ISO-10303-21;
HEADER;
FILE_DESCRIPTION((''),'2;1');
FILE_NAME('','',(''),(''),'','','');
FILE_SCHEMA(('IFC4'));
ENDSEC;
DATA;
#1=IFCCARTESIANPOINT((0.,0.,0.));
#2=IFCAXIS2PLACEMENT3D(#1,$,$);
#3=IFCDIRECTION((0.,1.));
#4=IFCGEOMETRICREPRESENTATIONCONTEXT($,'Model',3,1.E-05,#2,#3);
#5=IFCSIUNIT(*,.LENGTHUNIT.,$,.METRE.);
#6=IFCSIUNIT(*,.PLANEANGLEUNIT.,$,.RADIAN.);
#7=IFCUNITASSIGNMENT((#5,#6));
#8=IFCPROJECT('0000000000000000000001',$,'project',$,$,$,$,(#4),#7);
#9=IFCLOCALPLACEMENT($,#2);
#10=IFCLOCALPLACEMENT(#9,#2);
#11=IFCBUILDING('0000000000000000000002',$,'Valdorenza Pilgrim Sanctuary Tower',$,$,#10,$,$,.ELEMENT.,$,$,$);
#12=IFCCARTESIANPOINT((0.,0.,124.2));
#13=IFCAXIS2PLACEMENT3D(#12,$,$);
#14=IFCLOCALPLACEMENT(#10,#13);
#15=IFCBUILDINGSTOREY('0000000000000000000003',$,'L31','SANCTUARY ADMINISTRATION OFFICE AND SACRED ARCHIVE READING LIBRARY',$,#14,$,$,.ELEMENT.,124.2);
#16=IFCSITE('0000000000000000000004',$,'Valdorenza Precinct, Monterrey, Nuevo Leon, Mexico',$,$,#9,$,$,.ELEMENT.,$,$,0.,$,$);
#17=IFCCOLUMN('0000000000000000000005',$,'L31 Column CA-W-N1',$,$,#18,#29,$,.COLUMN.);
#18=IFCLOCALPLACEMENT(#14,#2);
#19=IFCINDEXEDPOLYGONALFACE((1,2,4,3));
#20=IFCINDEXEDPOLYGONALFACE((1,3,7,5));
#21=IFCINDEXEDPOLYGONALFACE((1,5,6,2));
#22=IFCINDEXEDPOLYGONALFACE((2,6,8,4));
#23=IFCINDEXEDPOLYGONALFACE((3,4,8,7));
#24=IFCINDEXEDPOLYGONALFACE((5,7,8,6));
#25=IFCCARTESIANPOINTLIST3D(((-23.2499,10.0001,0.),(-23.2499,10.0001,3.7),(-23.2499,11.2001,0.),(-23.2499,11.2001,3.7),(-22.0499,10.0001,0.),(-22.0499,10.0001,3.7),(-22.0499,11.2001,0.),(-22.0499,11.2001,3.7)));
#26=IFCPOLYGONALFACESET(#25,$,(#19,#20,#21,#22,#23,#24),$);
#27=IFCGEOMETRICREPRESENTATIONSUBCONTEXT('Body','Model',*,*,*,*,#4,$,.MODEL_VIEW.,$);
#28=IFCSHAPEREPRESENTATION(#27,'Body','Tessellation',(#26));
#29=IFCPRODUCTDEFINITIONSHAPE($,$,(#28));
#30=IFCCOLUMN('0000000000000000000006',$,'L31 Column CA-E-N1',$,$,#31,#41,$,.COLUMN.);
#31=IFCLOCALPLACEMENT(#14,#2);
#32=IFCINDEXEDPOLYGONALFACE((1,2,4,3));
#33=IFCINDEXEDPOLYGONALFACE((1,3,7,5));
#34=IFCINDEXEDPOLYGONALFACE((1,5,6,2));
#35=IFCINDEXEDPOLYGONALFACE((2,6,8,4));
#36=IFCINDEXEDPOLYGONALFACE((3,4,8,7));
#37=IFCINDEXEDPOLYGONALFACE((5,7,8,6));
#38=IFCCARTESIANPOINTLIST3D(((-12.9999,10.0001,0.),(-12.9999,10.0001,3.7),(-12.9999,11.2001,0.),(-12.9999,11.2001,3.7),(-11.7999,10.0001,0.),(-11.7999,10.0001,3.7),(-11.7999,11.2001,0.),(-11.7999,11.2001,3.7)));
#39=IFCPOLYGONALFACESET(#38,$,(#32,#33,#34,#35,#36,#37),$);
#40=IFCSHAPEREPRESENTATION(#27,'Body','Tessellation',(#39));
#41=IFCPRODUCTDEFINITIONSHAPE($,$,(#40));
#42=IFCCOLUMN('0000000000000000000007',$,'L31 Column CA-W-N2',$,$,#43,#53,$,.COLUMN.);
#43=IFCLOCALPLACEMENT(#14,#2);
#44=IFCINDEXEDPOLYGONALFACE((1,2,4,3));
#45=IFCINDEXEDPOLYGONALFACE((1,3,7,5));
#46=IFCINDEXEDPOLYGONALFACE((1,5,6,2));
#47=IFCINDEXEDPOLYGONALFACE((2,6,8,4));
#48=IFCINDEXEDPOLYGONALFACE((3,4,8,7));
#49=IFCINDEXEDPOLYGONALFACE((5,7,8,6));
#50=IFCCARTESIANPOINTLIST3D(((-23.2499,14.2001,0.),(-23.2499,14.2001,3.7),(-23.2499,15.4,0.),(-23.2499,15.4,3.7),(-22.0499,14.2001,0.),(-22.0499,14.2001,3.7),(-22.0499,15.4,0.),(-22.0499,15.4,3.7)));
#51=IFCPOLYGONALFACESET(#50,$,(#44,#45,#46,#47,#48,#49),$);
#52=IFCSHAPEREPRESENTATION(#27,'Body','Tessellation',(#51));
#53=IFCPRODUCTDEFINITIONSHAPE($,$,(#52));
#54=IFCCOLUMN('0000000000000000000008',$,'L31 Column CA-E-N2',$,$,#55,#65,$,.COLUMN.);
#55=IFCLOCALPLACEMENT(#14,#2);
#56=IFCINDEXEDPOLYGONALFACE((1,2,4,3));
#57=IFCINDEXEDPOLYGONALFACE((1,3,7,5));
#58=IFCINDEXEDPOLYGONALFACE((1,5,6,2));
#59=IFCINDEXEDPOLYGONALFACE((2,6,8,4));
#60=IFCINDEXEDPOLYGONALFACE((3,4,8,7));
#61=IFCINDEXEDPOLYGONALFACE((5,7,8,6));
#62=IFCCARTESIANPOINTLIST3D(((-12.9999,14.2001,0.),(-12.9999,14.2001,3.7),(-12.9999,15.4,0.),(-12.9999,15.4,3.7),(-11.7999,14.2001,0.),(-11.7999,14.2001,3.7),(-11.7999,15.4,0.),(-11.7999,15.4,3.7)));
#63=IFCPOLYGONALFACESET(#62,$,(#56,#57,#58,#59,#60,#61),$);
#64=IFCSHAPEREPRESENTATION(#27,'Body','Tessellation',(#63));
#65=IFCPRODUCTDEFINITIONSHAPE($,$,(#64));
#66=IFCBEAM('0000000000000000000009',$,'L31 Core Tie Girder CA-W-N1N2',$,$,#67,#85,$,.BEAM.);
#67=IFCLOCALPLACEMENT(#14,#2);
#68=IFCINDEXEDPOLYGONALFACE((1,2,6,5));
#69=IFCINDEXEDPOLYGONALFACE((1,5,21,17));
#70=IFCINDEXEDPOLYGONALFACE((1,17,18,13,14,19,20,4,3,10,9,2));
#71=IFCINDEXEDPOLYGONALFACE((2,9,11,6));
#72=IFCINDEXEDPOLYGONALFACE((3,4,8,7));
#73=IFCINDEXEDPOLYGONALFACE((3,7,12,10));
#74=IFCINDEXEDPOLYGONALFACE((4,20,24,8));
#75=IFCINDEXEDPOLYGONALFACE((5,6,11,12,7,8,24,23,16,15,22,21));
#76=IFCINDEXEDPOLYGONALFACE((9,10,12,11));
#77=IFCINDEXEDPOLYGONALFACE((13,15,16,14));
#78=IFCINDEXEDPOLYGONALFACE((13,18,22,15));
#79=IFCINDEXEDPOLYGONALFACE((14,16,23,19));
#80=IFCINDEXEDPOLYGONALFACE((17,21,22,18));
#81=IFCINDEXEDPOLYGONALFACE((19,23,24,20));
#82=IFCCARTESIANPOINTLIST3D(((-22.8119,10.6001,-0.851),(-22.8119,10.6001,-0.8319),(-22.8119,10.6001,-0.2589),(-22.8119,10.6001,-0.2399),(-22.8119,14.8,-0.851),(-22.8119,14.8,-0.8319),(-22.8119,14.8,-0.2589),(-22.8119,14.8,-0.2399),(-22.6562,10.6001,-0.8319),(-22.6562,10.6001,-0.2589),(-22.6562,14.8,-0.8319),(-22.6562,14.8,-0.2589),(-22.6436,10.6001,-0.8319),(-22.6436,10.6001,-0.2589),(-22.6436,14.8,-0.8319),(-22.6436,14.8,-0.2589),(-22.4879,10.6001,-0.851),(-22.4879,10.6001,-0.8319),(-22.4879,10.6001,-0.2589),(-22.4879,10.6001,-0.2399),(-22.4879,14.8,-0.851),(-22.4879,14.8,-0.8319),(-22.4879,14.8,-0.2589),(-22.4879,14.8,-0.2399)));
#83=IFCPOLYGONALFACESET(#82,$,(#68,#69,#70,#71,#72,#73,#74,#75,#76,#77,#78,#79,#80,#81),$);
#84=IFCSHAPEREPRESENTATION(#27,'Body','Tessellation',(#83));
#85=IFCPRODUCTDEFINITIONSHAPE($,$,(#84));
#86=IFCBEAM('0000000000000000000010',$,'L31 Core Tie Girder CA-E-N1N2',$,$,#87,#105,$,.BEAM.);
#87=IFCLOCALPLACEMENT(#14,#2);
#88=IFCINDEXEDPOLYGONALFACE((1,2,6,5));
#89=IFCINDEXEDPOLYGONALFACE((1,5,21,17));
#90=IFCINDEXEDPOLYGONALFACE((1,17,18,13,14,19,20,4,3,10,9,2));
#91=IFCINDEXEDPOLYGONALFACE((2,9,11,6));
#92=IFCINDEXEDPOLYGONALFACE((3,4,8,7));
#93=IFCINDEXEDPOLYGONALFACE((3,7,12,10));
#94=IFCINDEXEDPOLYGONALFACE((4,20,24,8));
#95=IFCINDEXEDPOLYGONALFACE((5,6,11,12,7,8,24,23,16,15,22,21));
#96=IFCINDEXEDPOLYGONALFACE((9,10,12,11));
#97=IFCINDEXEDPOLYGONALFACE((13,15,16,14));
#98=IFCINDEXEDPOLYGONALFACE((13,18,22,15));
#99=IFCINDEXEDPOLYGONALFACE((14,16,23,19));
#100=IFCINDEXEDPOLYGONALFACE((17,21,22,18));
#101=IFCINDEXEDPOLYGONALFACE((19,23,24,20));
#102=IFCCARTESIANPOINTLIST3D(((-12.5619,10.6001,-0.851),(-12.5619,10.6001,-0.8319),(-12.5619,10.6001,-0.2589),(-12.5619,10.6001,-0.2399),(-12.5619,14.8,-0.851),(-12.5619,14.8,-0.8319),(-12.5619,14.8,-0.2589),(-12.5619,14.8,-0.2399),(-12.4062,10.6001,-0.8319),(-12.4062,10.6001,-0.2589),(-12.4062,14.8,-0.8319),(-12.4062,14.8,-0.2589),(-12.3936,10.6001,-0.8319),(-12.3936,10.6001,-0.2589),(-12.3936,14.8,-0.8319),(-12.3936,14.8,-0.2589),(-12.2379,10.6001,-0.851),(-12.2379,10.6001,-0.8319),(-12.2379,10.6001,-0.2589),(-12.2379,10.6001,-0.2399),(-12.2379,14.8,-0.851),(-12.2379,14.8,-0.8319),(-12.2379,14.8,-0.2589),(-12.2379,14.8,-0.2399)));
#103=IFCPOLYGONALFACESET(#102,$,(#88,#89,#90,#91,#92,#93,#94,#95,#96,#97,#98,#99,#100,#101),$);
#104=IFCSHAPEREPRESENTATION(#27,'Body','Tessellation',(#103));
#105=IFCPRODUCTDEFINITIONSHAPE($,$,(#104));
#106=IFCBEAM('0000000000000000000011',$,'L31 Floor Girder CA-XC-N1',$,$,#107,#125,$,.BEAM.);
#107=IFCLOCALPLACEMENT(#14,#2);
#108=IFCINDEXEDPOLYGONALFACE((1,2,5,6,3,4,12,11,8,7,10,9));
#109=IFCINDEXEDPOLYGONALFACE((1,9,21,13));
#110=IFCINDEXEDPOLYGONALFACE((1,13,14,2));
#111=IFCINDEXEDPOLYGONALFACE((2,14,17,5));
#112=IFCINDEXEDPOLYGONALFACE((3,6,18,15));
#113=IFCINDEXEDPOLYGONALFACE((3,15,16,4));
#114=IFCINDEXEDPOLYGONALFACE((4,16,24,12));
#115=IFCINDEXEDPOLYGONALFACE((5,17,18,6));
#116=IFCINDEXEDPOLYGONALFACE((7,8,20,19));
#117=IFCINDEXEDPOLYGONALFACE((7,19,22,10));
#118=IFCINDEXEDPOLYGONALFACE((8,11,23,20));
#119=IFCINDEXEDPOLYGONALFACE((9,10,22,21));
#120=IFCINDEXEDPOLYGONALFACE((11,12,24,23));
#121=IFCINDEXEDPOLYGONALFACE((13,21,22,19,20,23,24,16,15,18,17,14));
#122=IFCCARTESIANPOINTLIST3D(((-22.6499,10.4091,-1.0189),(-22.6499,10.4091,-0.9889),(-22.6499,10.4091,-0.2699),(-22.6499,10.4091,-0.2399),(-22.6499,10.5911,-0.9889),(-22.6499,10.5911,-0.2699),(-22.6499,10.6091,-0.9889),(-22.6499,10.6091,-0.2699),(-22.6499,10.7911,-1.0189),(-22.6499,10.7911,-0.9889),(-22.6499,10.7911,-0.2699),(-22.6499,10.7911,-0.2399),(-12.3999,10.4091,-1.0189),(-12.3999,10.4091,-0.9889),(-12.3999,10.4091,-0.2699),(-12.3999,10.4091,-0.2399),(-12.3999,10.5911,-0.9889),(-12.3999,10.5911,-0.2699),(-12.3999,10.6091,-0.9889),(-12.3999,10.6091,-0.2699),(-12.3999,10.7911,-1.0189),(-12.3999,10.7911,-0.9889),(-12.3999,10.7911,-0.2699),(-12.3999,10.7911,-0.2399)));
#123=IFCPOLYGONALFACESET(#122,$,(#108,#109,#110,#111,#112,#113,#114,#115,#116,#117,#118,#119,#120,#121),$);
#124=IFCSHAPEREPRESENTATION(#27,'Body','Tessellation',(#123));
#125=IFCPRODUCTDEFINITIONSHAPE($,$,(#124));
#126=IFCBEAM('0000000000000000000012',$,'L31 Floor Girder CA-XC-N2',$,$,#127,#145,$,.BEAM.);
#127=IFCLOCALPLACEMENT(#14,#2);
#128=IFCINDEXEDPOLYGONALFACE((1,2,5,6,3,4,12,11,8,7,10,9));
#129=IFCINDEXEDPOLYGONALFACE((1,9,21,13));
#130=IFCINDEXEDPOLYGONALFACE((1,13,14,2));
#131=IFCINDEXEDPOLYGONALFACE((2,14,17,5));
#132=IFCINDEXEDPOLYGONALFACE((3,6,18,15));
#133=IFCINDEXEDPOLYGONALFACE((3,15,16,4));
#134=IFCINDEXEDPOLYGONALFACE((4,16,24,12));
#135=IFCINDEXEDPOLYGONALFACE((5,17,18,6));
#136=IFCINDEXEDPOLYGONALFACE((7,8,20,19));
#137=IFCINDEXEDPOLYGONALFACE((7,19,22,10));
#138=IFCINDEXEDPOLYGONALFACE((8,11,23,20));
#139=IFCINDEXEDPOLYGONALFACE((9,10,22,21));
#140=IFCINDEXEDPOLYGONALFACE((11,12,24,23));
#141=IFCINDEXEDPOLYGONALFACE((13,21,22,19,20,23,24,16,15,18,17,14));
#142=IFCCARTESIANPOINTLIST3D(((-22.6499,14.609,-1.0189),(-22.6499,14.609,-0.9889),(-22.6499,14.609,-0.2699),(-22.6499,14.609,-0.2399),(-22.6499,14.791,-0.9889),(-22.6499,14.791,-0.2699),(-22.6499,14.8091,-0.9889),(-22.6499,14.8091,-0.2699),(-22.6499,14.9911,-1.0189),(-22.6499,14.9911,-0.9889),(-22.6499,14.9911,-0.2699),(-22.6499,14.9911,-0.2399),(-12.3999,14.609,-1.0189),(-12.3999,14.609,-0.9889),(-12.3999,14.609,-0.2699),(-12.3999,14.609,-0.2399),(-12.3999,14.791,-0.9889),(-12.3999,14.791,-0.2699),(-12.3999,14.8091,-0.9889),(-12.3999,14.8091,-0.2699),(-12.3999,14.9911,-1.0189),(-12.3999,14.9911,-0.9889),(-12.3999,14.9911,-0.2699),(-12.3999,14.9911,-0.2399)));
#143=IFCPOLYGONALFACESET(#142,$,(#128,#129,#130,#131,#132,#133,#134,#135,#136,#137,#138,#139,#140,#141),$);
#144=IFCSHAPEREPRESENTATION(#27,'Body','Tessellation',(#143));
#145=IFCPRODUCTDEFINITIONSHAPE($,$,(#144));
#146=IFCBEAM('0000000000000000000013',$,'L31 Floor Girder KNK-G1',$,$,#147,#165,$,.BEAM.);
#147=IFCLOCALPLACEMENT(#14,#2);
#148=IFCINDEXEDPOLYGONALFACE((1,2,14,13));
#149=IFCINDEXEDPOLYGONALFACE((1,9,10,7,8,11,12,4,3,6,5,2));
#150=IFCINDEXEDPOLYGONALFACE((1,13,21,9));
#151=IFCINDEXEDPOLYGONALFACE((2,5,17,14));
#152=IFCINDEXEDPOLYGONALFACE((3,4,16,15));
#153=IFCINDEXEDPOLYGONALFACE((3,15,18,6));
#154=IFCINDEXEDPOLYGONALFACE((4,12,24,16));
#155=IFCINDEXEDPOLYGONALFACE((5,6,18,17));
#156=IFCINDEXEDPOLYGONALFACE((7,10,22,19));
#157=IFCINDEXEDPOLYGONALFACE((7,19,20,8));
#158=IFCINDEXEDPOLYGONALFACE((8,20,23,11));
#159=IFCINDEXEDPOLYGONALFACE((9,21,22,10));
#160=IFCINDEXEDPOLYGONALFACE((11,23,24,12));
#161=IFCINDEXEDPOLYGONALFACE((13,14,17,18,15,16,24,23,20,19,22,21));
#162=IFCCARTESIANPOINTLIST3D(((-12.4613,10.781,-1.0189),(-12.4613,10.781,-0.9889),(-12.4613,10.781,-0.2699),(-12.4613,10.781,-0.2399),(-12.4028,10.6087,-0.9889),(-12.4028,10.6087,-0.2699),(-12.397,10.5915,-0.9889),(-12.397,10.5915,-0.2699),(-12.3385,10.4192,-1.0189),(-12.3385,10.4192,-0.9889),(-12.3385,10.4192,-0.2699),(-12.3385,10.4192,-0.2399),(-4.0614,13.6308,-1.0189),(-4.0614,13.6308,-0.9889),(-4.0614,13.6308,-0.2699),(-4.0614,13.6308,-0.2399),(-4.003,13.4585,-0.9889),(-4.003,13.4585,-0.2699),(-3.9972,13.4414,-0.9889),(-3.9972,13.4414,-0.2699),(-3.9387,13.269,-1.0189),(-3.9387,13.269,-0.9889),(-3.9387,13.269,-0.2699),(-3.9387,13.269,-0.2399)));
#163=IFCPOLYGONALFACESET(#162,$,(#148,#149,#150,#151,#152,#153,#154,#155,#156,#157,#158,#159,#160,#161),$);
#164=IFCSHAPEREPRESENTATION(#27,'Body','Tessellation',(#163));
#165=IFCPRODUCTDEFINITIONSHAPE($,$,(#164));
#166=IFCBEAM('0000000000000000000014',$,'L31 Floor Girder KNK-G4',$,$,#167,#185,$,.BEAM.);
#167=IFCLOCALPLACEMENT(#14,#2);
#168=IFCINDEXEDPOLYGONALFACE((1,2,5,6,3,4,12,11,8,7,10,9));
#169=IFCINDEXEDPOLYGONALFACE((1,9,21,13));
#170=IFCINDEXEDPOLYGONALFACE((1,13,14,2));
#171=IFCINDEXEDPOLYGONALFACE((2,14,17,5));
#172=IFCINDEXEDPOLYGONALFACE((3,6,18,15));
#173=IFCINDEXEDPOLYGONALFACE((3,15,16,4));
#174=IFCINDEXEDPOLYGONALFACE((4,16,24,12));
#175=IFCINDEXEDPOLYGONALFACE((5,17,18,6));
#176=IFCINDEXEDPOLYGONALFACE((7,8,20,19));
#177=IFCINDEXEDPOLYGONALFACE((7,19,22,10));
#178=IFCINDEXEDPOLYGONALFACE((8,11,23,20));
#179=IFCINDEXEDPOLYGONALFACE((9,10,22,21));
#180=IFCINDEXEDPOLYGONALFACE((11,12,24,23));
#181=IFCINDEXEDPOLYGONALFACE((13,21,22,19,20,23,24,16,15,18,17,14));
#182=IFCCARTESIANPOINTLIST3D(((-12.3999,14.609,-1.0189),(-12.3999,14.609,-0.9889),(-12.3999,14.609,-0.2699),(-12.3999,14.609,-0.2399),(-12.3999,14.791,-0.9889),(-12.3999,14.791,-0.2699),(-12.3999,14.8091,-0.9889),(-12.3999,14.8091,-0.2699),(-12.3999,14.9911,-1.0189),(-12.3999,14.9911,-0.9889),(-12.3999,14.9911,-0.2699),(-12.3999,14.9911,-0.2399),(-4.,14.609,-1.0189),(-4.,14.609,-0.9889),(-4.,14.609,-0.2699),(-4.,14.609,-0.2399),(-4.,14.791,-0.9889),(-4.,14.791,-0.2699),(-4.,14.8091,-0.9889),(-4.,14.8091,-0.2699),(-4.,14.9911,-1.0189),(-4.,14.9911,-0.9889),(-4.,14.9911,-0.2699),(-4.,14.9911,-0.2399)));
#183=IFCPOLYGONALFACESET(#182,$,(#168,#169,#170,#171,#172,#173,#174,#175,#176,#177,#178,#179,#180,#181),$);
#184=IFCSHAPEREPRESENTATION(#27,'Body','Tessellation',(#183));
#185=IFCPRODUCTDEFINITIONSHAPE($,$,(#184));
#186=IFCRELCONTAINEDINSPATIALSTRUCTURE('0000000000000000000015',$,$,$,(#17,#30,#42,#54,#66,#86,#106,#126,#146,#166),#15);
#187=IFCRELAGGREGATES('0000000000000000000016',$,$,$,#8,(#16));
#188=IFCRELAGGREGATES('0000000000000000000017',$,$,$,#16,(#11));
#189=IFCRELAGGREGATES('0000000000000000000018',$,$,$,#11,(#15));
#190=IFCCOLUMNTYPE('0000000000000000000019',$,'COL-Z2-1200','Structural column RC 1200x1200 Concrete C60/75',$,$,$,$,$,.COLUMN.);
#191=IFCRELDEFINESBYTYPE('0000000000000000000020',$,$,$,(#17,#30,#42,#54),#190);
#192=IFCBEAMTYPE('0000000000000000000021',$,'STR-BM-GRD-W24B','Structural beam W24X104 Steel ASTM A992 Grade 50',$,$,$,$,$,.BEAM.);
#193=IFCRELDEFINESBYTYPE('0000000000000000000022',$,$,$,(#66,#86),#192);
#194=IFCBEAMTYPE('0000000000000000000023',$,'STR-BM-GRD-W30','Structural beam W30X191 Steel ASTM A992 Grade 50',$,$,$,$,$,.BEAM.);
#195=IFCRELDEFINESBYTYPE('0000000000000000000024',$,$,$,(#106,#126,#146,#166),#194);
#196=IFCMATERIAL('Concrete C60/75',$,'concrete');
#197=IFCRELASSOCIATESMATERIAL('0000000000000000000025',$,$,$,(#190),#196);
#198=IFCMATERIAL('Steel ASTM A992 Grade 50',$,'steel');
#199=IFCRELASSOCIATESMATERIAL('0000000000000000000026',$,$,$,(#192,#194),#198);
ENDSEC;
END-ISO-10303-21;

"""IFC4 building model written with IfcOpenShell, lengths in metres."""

from ifc_helpers import new_model, si_unit, direction, frame, origin, origin_2d, place, context, subcontext, project, spatial, rectangle, i_section, extrude, source, transform, mapped, material, material_profile, profile_set, type_object, element, save


model = new_model("IFC4")

# Units and contexts
model_context = context("Model", 3, precision=1e-05, world=origin(), true_north=direction((0.0, 1.0)))
body_context = subcontext(model_context, "Body", "Model", "MODEL_VIEW")
ifc_project = project(units=[si_unit("LENGTHUNIT", "METRE"), si_unit("PLANEANGLEUNIT", "RADIAN")], contexts=[model_context])

# Site, building, storey
site_placement = place(None, origin())
site = spatial("IfcSite", under=ifc_project, at=site_placement, Name="Valdorenza Precinct, Monterrey, Nuevo Leon, Mexico", CompositionType="ELEMENT", RefElevation=0.0)
building_placement = place(site_placement, origin())
building = spatial("IfcBuilding", under=site, at=building_placement, Name="Valdorenza Pilgrim Sanctuary Tower", CompositionType="ELEMENT")
storey_placement = place(building_placement, frame((0.0, 0.0, 124.2)))
storey = spatial("IfcBuildingStorey", under=building, at=storey_placement, Name="L31", Description="SANCTUARY ADMINISTRATION OFFICE AND SACRED ARCHIVE READING LIBRARY", CompositionType="ELEMENT", Elevation=124.2)

# Columns
ifc_material_1 = material(Name="Concrete C60/75", Category="concrete")
ifc_material_profile_1 = material_profile(ifc_material_1, rectangle(XDim=1.2, YDim=1.2, at=origin_2d()), Name="RC 1200x1200")
ifc_profile_set_1 = profile_set([ifc_material_profile_1], Name="Concrete C60/75")
column_type = type_object("IfcColumnType", Name="COL-Z2-1200", Description="Structural column RC 1200x1200 Concrete C60/75", PredefinedType="COLUMN", material=ifc_profile_set_1)
shared_shape_1 = source(origin(), body_context, "Body", "SweptSolid", [
    extrude(rectangle(XDim=1.2, YDim=1.2, at=origin_2d()), origin(), (0.0, 0.0, 1.0), 3.7),
])
for number, where, z_axis, x_axis, name in (
    (1, (-22.6499, 10.6001, 0.0), (0.0, 0.0, 1.0), (1.0, 0.0, 0.0), "L31 Column CA-W-N1"),
    (2, (-12.3999, 10.6001, 0.0), (0.0, 0.0, 1.0), (1.0, 0.0, 0.0), "L31 Column CA-E-N1"),
    (3, (-22.6499, 14.8, 0.0), (0.0, 0.0, 1.0), (1.0, 0.0, 0.0), "L31 Column CA-W-N2"),
    (4, (-12.3999, 14.8, 0.0), (0.0, 0.0, 1.0), (1.0, 0.0, 0.0), "L31 Column CA-E-N2"),
):
    element("IfcColumn", number, at=place(storey_placement, frame(where, z_axis=z_axis, x_axis=x_axis)), inside=storey, type_object=column_type, Name=name, PredefinedType="COLUMN", context=body_context, shape_type="MappedRepresentation", body=[
        mapped(shared_shape_1, transform((0.0, 0.0, 0.0), x_axis=(1.0, 0.0, 0.0), y_axis=(0.0, 1.0, 0.0), z_axis=(0.0, 0.0, 1.0), scale=1.0)),
    ])

# Beams
ifc_material_2 = material(Name="Steel ASTM A992 Grade 50", Category="steel")
ifc_material_profile_2 = material_profile(ifc_material_2, i_section(OverallWidth=0.324, OverallDepth=0.6111, WebThickness=0.0127, FlangeThickness=0.019, at=origin_2d()), Name="W24X104")
ifc_profile_set_2 = profile_set([ifc_material_profile_2], Name="Steel ASTM A992 Grade 50")
beam_type_1 = type_object("IfcBeamType", Name="STR-BM-GRD-W24B", Description="Structural beam W24X104 Steel ASTM A992 Grade 50", PredefinedType="BEAM", material=ifc_profile_set_2)
shared_shape_2 = source(origin(), body_context, "Body", "SweptSolid", [
    extrude(i_section(OverallWidth=0.324, OverallDepth=0.6111, WebThickness=0.0127, FlangeThickness=0.019, at=origin_2d()), origin(), (0.0, 0.0, 1.0), 4.2),
])
for number, where, z_axis, x_axis, name in (
    (5, (-22.6499, 10.6001, -0.5454), (0.0, 1.0, 0.0), (-1.0, 0.0, 0.0), "L31 Core Tie Girder CA-W-N1N2"),
    (6, (-12.3999, 10.6001, -0.5454), (0.0, 1.0, 0.0), (-1.0, 0.0, 0.0), "L31 Core Tie Girder CA-E-N1N2"),
):
    element("IfcBeam", number, at=place(storey_placement, frame(where, z_axis=z_axis, x_axis=x_axis)), inside=storey, type_object=beam_type_1, Name=name, PredefinedType="BEAM", context=body_context, shape_type="MappedRepresentation", body=[
        mapped(shared_shape_2, transform((0.0, 0.0, 0.0), x_axis=(1.0, 0.0, 0.0), y_axis=(0.0, 1.0, 0.0), z_axis=(0.0, 0.0, 1.0), scale=1.0)),
    ])
ifc_material_profile_3 = material_profile(ifc_material_2, i_section(OverallWidth=0.3821, OverallDepth=0.7791, WebThickness=0.0181, FlangeThickness=0.03, at=origin_2d()), Name="W30X191")
ifc_profile_set_3 = profile_set([ifc_material_profile_3], Name="Steel ASTM A992 Grade 50")
beam_type_2 = type_object("IfcBeamType", Name="STR-BM-GRD-W30", Description="Structural beam W30X191 Steel ASTM A992 Grade 50", PredefinedType="BEAM", material=ifc_profile_set_3)
shared_shape_3 = source(origin(), body_context, "Body", "SweptSolid", [
    extrude(i_section(OverallWidth=0.3821, OverallDepth=0.7791, WebThickness=0.0181, FlangeThickness=0.03, at=origin_2d()), origin(), (0.0, 0.0, 1.0), 10.25),
])
for number, where, z_axis, x_axis, name in (
    (7, (-22.6499, 10.6001, -0.6294), (1.0, 0.0, 0.0), (0.0, 1.0, 0.0), "L31 Floor Girder CA-XC-N1"),
    (8, (-22.6499, 14.8, -0.6294), (1.0, 0.0, 0.0), (0.0, 1.0, 0.0), "L31 Floor Girder CA-XC-N2"),
):
    element("IfcBeam", number, at=place(storey_placement, frame(where, z_axis=z_axis, x_axis=x_axis)), inside=storey, type_object=beam_type_2, Name=name, PredefinedType="BEAM", context=body_context, shape_type="MappedRepresentation", body=[
        mapped(shared_shape_3, transform((0.0, 0.0, 0.0), x_axis=(1.0, 0.0, 0.0), y_axis=(0.0, 1.0, 0.0), z_axis=(0.0, 0.0, 1.0), scale=1.0)),
    ])
shared_shape_4 = source(origin(), body_context, "Body", "SweptSolid", [
    extrude(i_section(OverallWidth=0.3821, OverallDepth=0.7791, WebThickness=0.0181, FlangeThickness=0.03, at=origin_2d()), origin(), (0.0, 0.0, 1.0), 8.8701),
])
beam_1_placement = place(storey_placement, frame((-12.3999, 10.6001, -0.6294), z_axis=(0.946983, 0.321285, 0.0), x_axis=(-0.321285, 0.946983, 0.0)))
element("IfcBeam", 9, at=beam_1_placement, inside=storey, type_object=beam_type_2, Name="L31 Floor Girder KNK-G1", PredefinedType="BEAM", context=body_context, shape_type="MappedRepresentation", body=[
    mapped(shared_shape_4, transform((0.0, 0.0, 0.0), x_axis=(1.0, 0.0, 0.0), y_axis=(0.0, 1.0, 0.0), z_axis=(0.0, 0.0, 1.0), scale=1.0)),
])
shared_shape_5 = source(origin(), body_context, "Body", "SweptSolid", [
    extrude(i_section(OverallWidth=0.3821, OverallDepth=0.7791, WebThickness=0.0181, FlangeThickness=0.03, at=origin_2d()), origin(), (0.0, 0.0, 1.0), 8.3999),
])
beam_2_placement = place(storey_placement, frame((-12.3999, 14.8, -0.6294), z_axis=(1.0, 0.0, 0.0), x_axis=(0.0, 1.0, 0.0)))
element("IfcBeam", 10, at=beam_2_placement, inside=storey, type_object=beam_type_2, Name="L31 Floor Girder KNK-G4", PredefinedType="BEAM", context=body_context, shape_type="MappedRepresentation", body=[
    mapped(shared_shape_5, transform((0.0, 0.0, 0.0), x_axis=(1.0, 0.0, 0.0), y_axis=(0.0, 1.0, 0.0), z_axis=(0.0, 0.0, 1.0), scale=1.0)),
])

save(model, "model.ifc")
